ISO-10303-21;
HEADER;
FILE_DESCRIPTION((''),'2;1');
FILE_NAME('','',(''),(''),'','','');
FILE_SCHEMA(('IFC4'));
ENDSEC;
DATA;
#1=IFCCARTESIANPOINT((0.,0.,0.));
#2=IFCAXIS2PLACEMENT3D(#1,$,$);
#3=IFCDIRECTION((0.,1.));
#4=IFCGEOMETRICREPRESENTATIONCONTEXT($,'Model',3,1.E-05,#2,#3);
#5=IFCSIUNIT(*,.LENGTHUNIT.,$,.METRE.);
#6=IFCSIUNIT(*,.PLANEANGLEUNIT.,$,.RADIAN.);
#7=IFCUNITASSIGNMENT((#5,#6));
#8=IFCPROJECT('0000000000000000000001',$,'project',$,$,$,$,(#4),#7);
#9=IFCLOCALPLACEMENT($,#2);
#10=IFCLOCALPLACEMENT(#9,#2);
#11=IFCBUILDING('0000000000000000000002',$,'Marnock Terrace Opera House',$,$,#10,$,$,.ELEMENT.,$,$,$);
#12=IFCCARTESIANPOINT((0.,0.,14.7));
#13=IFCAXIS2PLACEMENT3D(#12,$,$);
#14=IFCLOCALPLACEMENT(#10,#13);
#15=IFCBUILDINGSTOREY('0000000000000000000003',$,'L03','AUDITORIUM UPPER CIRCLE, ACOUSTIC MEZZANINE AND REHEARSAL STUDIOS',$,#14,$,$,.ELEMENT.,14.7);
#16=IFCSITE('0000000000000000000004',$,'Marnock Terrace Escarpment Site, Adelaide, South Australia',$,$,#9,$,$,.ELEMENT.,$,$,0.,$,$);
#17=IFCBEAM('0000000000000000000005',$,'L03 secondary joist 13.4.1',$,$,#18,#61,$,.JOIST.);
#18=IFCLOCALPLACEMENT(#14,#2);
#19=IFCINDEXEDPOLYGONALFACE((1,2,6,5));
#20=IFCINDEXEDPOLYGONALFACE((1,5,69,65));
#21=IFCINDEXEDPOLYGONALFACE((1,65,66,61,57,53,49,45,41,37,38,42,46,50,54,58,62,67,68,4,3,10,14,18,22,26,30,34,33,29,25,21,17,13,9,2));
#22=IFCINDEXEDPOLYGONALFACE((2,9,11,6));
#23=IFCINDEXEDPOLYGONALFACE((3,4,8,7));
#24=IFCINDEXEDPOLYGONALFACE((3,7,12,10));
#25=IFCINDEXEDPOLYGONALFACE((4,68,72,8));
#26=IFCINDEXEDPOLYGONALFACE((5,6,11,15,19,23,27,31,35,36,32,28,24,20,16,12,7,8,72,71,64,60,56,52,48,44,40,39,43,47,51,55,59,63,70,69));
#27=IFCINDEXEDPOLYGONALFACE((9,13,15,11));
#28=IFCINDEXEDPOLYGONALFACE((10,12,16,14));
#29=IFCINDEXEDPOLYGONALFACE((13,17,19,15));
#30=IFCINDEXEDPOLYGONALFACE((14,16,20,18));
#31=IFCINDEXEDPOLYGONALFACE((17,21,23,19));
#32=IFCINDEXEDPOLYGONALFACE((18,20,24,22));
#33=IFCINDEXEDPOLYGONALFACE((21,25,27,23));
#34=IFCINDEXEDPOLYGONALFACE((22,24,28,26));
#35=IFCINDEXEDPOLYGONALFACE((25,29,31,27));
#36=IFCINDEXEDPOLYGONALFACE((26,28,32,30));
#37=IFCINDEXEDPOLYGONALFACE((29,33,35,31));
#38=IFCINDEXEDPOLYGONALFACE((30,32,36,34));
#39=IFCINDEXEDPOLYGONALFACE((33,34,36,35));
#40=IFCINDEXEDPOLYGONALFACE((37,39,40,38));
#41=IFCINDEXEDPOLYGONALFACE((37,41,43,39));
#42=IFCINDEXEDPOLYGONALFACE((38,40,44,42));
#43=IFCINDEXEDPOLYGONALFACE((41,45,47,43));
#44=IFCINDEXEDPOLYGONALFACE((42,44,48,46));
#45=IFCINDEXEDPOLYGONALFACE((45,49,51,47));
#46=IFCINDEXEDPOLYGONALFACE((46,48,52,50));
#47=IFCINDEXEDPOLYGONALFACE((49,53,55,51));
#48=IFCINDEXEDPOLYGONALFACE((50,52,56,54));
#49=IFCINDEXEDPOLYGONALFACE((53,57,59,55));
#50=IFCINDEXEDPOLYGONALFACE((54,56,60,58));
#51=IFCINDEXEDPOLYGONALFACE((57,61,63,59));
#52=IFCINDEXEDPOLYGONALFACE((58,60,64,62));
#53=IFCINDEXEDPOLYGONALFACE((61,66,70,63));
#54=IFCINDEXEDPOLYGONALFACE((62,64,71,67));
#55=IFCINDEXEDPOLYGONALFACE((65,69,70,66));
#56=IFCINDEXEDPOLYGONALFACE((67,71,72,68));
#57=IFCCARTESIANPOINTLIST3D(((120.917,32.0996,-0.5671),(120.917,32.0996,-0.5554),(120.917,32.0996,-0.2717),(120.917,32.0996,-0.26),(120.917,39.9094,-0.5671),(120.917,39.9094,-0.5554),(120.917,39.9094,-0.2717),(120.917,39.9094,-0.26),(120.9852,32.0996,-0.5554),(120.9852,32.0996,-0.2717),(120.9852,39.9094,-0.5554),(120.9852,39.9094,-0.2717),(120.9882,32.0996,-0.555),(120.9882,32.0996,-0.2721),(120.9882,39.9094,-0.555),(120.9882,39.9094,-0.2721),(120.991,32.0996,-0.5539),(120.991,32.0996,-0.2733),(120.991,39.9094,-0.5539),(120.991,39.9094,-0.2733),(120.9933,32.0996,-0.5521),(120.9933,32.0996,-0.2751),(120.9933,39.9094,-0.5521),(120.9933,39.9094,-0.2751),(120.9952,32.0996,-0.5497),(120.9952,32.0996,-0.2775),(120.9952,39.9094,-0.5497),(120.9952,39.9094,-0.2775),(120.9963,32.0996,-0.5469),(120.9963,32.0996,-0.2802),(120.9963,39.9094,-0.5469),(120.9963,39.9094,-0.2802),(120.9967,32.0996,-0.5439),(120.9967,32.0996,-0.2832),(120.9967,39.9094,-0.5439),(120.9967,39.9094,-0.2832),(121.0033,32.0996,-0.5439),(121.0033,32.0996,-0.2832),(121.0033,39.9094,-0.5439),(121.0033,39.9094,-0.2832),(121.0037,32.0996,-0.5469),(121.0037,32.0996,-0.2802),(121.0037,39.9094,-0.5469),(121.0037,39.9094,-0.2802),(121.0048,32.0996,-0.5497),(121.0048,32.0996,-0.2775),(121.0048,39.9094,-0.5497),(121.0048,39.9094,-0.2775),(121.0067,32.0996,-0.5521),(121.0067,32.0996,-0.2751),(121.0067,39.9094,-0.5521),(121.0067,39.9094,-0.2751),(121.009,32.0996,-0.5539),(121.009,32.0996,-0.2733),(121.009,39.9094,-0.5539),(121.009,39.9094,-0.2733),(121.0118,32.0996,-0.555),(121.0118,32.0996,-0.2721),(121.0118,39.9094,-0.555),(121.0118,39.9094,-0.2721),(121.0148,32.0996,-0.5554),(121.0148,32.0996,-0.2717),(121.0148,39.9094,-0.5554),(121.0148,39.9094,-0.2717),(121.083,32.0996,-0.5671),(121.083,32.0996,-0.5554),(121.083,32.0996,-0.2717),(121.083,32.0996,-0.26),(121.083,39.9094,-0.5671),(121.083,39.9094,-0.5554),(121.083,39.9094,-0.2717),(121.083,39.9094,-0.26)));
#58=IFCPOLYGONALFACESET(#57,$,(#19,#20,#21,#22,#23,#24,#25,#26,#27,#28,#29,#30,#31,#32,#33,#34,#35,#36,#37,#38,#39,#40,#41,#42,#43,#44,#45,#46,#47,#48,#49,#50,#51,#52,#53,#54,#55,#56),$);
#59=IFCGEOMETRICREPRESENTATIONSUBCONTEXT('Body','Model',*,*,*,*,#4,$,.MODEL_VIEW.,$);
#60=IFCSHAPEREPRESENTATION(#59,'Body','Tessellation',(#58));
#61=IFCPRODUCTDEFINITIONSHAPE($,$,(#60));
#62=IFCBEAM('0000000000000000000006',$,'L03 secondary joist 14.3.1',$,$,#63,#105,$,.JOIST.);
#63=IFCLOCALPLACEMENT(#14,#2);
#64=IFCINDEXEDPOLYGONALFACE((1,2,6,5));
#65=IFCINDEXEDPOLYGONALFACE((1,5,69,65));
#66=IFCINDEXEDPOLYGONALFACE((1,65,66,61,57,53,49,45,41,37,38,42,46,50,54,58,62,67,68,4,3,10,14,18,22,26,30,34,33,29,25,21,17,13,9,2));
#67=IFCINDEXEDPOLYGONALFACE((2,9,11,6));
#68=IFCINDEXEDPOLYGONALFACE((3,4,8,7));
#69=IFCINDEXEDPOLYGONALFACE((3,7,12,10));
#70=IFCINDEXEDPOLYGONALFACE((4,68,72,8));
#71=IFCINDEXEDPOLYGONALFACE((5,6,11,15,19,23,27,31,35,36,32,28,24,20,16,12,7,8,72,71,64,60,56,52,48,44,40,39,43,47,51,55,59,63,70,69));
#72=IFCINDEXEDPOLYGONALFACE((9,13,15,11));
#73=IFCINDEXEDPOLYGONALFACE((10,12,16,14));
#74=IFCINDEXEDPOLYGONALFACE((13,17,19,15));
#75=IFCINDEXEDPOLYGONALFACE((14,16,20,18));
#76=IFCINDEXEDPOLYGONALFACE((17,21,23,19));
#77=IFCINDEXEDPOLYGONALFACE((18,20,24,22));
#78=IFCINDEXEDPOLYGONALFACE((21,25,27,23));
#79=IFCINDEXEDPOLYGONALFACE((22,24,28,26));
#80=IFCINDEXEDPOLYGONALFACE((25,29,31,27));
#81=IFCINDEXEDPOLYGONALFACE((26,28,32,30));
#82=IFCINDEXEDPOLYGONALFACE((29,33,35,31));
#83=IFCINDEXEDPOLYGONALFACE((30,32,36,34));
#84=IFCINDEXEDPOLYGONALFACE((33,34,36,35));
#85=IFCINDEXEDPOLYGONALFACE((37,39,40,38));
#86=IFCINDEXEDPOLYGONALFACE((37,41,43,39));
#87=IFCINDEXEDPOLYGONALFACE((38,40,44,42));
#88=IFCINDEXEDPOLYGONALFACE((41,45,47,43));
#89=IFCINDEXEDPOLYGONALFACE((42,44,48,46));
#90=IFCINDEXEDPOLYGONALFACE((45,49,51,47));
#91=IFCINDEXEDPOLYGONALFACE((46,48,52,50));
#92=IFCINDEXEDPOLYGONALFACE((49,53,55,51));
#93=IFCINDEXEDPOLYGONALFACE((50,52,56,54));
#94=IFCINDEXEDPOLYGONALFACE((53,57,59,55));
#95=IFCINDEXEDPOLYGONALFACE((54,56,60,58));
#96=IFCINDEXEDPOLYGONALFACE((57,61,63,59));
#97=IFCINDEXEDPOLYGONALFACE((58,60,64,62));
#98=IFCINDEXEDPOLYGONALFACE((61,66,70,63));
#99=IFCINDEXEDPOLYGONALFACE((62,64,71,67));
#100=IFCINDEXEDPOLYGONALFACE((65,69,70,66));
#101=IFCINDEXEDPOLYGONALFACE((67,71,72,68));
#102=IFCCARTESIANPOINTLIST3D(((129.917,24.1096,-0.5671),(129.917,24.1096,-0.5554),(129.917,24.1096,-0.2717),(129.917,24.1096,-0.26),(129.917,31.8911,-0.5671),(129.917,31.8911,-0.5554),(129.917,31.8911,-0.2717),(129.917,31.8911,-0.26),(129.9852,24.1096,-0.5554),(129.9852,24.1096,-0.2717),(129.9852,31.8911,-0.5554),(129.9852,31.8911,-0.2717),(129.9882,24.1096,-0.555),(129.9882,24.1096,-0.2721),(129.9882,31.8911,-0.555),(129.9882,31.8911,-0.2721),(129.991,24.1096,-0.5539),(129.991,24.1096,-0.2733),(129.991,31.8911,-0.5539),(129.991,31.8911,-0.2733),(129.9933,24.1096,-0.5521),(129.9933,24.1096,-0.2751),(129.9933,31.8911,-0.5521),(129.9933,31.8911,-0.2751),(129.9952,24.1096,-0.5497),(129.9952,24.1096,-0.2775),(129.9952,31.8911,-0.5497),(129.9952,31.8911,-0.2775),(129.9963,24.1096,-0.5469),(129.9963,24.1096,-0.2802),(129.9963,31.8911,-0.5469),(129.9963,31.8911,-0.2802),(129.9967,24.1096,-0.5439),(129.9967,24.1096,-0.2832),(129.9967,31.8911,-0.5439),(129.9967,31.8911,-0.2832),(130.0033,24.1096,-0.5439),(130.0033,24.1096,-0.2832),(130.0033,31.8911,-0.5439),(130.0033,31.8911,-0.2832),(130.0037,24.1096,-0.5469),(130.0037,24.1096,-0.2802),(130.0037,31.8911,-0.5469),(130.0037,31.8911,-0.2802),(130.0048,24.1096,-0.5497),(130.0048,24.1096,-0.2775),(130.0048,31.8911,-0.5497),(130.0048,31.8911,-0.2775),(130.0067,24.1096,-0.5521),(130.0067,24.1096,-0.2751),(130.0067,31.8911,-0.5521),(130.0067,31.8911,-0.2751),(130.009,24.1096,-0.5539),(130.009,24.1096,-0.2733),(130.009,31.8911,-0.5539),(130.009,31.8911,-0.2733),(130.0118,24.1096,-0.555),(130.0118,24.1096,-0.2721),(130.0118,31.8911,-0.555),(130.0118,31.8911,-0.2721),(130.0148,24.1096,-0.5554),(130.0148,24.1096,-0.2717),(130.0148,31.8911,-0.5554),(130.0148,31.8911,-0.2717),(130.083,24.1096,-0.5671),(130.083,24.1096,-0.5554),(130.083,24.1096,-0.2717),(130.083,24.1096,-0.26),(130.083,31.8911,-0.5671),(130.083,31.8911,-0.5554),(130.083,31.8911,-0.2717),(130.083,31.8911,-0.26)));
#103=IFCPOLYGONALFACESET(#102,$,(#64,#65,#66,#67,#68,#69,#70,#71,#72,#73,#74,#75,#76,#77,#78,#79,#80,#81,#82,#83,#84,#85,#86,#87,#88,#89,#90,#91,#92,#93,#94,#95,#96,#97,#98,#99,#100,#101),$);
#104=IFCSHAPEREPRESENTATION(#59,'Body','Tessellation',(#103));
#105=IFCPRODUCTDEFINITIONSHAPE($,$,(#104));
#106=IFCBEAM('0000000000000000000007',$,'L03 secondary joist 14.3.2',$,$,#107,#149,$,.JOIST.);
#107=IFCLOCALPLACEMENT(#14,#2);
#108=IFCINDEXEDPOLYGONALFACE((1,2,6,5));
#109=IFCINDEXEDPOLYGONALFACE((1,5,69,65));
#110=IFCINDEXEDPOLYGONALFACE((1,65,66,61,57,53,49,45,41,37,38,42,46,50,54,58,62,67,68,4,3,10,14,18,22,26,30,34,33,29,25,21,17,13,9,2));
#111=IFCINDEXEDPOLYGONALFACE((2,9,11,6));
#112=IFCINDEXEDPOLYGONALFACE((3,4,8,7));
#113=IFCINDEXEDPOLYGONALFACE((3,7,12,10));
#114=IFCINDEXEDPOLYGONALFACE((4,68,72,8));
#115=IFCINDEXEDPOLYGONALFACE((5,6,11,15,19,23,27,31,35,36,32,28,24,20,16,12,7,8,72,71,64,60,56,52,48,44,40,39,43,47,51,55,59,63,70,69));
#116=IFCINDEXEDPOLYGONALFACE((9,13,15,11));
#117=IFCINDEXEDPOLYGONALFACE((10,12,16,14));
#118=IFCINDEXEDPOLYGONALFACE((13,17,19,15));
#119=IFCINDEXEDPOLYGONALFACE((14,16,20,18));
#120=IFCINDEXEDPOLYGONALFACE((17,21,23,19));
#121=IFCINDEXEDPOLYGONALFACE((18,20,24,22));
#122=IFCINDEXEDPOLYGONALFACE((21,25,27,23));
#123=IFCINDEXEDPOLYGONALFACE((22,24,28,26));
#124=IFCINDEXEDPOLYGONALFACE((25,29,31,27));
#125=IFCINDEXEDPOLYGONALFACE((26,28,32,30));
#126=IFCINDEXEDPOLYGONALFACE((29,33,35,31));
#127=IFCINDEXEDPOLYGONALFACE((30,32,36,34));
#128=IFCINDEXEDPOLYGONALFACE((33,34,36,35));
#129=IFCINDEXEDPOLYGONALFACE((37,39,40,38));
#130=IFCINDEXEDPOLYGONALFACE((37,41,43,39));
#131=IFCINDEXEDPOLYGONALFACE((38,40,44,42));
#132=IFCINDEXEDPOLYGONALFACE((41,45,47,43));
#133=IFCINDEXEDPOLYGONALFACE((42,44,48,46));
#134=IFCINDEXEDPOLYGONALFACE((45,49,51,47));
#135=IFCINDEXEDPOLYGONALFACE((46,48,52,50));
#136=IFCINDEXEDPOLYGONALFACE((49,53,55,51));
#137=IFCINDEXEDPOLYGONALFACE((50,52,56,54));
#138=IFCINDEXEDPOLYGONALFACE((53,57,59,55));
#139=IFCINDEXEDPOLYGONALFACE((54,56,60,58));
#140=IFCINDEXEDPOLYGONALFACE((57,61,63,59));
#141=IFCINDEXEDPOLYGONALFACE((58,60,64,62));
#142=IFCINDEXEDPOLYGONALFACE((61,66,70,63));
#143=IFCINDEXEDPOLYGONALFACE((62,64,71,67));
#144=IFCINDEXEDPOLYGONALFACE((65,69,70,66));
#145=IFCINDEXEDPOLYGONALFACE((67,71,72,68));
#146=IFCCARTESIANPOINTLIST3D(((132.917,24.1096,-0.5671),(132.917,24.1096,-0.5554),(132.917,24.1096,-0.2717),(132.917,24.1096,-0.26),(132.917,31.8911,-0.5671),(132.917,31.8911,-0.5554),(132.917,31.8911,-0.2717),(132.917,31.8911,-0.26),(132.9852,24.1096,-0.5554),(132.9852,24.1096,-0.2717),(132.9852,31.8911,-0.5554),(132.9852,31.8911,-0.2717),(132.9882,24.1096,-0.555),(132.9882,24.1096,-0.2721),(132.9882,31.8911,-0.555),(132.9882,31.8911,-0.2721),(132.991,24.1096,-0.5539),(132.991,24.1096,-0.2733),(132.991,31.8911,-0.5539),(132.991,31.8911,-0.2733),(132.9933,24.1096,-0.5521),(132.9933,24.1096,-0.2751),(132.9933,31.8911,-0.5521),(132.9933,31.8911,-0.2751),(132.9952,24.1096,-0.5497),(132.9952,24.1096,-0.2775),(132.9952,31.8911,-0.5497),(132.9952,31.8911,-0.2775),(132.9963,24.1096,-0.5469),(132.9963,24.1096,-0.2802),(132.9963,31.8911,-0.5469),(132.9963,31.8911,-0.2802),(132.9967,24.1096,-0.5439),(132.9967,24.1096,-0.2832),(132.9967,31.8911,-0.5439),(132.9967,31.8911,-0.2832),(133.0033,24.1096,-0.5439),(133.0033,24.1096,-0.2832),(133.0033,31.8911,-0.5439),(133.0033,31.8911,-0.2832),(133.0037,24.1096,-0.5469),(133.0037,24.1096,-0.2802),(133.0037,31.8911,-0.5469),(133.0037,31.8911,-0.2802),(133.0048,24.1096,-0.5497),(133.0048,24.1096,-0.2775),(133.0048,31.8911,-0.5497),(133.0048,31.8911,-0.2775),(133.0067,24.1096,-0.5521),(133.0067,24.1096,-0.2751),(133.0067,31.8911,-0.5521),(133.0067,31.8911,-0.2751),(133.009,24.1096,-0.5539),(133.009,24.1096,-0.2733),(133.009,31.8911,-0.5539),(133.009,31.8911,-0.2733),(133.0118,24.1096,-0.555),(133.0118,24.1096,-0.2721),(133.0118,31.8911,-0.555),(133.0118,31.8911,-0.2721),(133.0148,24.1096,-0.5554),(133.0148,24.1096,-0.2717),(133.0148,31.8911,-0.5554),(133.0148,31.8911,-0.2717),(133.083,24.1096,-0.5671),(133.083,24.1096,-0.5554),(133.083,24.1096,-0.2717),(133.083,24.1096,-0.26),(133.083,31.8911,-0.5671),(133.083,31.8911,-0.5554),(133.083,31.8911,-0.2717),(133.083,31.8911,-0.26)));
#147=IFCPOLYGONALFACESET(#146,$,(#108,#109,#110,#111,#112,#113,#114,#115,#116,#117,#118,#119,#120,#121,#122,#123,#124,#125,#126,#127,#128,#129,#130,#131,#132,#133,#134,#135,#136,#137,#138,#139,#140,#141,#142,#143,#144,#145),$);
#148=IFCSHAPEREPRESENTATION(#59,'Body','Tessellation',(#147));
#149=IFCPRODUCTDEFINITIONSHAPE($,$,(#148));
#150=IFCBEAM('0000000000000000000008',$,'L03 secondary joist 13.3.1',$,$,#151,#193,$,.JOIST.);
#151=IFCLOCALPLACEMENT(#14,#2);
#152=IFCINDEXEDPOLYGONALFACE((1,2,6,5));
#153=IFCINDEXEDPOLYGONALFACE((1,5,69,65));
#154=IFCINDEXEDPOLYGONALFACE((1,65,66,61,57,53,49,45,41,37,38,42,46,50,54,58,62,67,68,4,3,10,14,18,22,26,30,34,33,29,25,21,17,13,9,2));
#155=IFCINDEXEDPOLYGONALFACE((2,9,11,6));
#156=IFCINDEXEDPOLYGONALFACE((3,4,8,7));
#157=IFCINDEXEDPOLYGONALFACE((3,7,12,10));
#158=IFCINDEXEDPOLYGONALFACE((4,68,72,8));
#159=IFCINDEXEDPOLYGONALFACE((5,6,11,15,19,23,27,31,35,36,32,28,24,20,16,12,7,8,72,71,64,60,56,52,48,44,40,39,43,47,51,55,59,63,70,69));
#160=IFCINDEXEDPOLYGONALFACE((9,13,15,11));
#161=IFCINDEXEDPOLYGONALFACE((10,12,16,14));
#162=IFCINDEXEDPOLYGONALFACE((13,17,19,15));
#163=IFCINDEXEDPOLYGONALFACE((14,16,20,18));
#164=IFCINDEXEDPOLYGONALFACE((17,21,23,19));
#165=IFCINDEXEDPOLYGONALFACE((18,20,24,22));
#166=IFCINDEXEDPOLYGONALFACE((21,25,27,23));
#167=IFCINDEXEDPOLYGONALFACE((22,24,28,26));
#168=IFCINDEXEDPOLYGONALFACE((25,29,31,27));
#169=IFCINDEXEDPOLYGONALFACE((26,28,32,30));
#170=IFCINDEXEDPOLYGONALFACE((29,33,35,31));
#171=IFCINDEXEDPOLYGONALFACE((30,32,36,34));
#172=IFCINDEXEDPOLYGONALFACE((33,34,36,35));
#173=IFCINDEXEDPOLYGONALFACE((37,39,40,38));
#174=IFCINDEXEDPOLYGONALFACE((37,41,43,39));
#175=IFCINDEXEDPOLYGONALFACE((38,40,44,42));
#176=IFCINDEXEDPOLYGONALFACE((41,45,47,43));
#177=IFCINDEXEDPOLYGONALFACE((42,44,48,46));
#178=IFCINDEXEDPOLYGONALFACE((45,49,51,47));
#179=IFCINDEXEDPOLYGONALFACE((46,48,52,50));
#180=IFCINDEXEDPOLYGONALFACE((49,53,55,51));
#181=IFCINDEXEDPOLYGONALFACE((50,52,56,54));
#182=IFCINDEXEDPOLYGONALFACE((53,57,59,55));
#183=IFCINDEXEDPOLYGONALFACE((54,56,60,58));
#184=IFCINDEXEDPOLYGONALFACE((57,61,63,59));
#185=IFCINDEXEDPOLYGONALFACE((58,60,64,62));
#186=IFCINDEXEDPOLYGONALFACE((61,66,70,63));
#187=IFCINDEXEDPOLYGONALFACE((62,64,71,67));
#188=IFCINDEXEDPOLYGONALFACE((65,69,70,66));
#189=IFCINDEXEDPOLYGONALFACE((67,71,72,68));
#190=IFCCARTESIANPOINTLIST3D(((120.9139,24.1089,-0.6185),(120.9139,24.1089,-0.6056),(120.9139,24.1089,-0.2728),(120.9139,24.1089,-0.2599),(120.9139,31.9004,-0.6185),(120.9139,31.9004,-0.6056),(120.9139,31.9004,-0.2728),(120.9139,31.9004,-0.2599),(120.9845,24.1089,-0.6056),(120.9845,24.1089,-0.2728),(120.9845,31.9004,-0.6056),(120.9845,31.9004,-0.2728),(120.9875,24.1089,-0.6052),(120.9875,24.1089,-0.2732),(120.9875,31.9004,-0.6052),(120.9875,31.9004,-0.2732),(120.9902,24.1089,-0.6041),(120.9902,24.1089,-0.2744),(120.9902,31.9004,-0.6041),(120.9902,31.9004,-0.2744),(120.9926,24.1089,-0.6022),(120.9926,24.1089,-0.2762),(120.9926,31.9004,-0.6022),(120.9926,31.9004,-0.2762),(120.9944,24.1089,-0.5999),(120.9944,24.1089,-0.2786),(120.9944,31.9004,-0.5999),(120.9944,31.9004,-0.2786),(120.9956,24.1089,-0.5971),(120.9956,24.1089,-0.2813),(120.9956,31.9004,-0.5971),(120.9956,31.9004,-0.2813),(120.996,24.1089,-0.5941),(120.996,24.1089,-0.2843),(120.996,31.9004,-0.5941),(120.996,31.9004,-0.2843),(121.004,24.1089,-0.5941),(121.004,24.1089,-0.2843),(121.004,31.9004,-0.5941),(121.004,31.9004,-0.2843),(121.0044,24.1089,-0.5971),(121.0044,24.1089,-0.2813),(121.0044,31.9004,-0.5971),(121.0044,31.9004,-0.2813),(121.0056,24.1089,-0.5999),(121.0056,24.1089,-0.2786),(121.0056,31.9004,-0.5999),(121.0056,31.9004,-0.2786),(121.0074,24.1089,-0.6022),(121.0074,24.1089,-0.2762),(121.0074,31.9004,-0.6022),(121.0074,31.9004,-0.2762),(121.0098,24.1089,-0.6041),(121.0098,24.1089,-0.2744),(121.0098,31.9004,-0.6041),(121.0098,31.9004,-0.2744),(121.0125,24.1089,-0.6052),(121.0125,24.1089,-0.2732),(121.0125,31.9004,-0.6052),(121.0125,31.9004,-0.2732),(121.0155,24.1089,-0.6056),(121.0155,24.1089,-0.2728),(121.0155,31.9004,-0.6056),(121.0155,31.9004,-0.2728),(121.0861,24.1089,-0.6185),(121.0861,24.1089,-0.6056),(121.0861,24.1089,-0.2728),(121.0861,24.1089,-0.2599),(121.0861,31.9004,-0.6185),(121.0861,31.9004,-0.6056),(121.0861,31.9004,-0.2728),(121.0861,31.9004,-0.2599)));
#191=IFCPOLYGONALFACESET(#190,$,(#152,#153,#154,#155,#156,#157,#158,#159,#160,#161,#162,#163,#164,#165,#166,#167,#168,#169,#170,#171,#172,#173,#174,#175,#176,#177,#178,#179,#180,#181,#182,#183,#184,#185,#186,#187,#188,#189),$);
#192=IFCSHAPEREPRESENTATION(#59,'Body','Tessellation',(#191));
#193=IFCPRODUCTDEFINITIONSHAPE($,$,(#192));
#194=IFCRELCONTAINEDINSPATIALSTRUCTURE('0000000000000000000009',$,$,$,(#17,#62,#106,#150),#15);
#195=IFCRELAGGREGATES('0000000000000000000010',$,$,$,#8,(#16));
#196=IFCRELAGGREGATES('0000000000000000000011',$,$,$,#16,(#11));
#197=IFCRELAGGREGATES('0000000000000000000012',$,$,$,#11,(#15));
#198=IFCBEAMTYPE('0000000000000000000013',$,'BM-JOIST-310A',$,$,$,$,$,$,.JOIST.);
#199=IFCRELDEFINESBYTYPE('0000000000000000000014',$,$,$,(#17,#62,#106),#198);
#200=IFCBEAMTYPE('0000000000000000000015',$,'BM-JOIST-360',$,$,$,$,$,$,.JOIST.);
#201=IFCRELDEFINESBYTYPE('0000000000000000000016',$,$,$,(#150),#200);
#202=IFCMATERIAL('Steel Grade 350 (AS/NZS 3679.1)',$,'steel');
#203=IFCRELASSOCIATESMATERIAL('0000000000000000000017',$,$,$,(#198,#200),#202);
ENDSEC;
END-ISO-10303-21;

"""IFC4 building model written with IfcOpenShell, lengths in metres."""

from ifc_helpers import new_model, si_unit, direction, frame, origin, origin_2d, place, context, subcontext, project, spatial, i_section, extrude, material, material_profile, profile_set, type_object, element, save


model = new_model("IFC4")

# Units and contexts
model_context = context("Model", 3, precision=1e-05, world=origin(), true_north=direction((0.0, 1.0)))
body_context = subcontext(model_context, "Body", "Model", "MODEL_VIEW")
ifc_project = project(units=[si_unit("LENGTHUNIT", "METRE"), si_unit("PLANEANGLEUNIT", "RADIAN")], contexts=[model_context])

# Site, building, storey
site_placement = place(None, origin())
site = spatial("IfcSite", under=ifc_project, at=site_placement, Name="Marnock Terrace Escarpment Site, Adelaide, South Australia", CompositionType="ELEMENT", RefElevation=0.0)
building_placement = place(site_placement, origin())
building = spatial("IfcBuilding", under=site, at=building_placement, Name="Marnock Terrace Opera House", CompositionType="ELEMENT")
storey_placement = place(building_placement, frame((0.0, 0.0, 14.7)))
storey = spatial("IfcBuildingStorey", under=building, at=storey_placement, Name="L03", Description="AUDITORIUM UPPER CIRCLE, ACOUSTIC MEZZANINE AND REHEARSAL STUDIOS", CompositionType="ELEMENT", Elevation=14.7)

# Shared definitions
ifc_material_1 = material(Name="Steel Grade 350 (AS/NZS 3679.1)", Category="steel")

# Beams
ifc_material_profile_1 = material_profile(ifc_material_1, i_section(OverallWidth=0.166, OverallDepth=0.3071, WebThickness=0.0066, FlangeThickness=0.0117, FilletRadius=0.0115, at=origin_2d()))
ifc_profile_set_1 = profile_set([ifc_material_profile_1], Name="Steel Grade 350 (AS/NZS 3679.1)")
beam_type_1 = type_object("IfcBeamType", Name="BM-JOIST-310A", PredefinedType="JOIST", material=ifc_profile_set_1)
beam_1_placement = place(storey_placement, frame((121.0, 32.0996, -0.4136), z_axis=(0.0, 1.0, 0.0), x_axis=(-1.0, 0.0, 0.0)))
element("IfcBeam", 1, at=beam_1_placement, inside=storey, type_object=beam_type_1, Name="L03 secondary joist 13.4.1", PredefinedType="JOIST", context=body_context, shape_type="SweptSolid", body=[
    extrude(i_section(OverallWidth=0.166, OverallDepth=0.3071, WebThickness=0.0066, FlangeThickness=0.0117, FilletRadius=0.0115, at=origin_2d()), origin(), (0.0, 0.0, 1.0), 7.8098),
])
for number, where, z_axis, x_axis, name in (
    (2, (130.0, 24.1096, -0.4136), (0.0, 1.0, 0.0), (-1.0, 0.0, 0.0), "L03 secondary joist 14.3.1"),
    (3, (133.0, 24.1096, -0.4136), (0.0, 1.0, 0.0), (-1.0, 0.0, 0.0), "L03 secondary joist 14.3.2"),
):
    element("IfcBeam", number, at=place(storey_placement, frame(where, z_axis=z_axis, x_axis=x_axis)), inside=storey, type_object=beam_type_1, Name=name, PredefinedType="JOIST", context=body_context, shape_type="SweptSolid", body=[
        extrude(i_section(OverallWidth=0.166, OverallDepth=0.3071, WebThickness=0.0066, FlangeThickness=0.0117, FilletRadius=0.0115, at=origin_2d()), origin(), (0.0, 0.0, 1.0), 7.7815),
    ])
ifc_material_profile_2 = material_profile(ifc_material_1, i_section(OverallWidth=0.1721, OverallDepth=0.3586, WebThickness=0.0081, FlangeThickness=0.0129, FilletRadius=0.0115, at=origin_2d()))
ifc_profile_set_2 = profile_set([ifc_material_profile_2], Name="Steel Grade 350 (AS/NZS 3679.1)")
beam_type_2 = type_object("IfcBeamType", Name="BM-JOIST-360", PredefinedType="JOIST", material=ifc_profile_set_2)
for number, where, z_axis, x_axis, name in (
    (4, (121.0, 24.1089, -0.4392), (0.0, 1.0, 0.0), (-1.0, 0.0, 0.0), "L03 secondary joist 13.3.1"),
):
    element("IfcBeam", number, at=place(storey_placement, frame(where, z_axis=z_axis, x_axis=x_axis)), inside=storey, type_object=beam_type_2, Name=name, PredefinedType="JOIST", context=body_context, shape_type="SweptSolid", body=[
        extrude(i_section(OverallWidth=0.1721, OverallDepth=0.3586, WebThickness=0.0081, FlangeThickness=0.0129, FilletRadius=0.0115, at=origin_2d()), origin(), (0.0, 0.0, 1.0), 7.7915),
    ])

save(model, "model.ifc")
